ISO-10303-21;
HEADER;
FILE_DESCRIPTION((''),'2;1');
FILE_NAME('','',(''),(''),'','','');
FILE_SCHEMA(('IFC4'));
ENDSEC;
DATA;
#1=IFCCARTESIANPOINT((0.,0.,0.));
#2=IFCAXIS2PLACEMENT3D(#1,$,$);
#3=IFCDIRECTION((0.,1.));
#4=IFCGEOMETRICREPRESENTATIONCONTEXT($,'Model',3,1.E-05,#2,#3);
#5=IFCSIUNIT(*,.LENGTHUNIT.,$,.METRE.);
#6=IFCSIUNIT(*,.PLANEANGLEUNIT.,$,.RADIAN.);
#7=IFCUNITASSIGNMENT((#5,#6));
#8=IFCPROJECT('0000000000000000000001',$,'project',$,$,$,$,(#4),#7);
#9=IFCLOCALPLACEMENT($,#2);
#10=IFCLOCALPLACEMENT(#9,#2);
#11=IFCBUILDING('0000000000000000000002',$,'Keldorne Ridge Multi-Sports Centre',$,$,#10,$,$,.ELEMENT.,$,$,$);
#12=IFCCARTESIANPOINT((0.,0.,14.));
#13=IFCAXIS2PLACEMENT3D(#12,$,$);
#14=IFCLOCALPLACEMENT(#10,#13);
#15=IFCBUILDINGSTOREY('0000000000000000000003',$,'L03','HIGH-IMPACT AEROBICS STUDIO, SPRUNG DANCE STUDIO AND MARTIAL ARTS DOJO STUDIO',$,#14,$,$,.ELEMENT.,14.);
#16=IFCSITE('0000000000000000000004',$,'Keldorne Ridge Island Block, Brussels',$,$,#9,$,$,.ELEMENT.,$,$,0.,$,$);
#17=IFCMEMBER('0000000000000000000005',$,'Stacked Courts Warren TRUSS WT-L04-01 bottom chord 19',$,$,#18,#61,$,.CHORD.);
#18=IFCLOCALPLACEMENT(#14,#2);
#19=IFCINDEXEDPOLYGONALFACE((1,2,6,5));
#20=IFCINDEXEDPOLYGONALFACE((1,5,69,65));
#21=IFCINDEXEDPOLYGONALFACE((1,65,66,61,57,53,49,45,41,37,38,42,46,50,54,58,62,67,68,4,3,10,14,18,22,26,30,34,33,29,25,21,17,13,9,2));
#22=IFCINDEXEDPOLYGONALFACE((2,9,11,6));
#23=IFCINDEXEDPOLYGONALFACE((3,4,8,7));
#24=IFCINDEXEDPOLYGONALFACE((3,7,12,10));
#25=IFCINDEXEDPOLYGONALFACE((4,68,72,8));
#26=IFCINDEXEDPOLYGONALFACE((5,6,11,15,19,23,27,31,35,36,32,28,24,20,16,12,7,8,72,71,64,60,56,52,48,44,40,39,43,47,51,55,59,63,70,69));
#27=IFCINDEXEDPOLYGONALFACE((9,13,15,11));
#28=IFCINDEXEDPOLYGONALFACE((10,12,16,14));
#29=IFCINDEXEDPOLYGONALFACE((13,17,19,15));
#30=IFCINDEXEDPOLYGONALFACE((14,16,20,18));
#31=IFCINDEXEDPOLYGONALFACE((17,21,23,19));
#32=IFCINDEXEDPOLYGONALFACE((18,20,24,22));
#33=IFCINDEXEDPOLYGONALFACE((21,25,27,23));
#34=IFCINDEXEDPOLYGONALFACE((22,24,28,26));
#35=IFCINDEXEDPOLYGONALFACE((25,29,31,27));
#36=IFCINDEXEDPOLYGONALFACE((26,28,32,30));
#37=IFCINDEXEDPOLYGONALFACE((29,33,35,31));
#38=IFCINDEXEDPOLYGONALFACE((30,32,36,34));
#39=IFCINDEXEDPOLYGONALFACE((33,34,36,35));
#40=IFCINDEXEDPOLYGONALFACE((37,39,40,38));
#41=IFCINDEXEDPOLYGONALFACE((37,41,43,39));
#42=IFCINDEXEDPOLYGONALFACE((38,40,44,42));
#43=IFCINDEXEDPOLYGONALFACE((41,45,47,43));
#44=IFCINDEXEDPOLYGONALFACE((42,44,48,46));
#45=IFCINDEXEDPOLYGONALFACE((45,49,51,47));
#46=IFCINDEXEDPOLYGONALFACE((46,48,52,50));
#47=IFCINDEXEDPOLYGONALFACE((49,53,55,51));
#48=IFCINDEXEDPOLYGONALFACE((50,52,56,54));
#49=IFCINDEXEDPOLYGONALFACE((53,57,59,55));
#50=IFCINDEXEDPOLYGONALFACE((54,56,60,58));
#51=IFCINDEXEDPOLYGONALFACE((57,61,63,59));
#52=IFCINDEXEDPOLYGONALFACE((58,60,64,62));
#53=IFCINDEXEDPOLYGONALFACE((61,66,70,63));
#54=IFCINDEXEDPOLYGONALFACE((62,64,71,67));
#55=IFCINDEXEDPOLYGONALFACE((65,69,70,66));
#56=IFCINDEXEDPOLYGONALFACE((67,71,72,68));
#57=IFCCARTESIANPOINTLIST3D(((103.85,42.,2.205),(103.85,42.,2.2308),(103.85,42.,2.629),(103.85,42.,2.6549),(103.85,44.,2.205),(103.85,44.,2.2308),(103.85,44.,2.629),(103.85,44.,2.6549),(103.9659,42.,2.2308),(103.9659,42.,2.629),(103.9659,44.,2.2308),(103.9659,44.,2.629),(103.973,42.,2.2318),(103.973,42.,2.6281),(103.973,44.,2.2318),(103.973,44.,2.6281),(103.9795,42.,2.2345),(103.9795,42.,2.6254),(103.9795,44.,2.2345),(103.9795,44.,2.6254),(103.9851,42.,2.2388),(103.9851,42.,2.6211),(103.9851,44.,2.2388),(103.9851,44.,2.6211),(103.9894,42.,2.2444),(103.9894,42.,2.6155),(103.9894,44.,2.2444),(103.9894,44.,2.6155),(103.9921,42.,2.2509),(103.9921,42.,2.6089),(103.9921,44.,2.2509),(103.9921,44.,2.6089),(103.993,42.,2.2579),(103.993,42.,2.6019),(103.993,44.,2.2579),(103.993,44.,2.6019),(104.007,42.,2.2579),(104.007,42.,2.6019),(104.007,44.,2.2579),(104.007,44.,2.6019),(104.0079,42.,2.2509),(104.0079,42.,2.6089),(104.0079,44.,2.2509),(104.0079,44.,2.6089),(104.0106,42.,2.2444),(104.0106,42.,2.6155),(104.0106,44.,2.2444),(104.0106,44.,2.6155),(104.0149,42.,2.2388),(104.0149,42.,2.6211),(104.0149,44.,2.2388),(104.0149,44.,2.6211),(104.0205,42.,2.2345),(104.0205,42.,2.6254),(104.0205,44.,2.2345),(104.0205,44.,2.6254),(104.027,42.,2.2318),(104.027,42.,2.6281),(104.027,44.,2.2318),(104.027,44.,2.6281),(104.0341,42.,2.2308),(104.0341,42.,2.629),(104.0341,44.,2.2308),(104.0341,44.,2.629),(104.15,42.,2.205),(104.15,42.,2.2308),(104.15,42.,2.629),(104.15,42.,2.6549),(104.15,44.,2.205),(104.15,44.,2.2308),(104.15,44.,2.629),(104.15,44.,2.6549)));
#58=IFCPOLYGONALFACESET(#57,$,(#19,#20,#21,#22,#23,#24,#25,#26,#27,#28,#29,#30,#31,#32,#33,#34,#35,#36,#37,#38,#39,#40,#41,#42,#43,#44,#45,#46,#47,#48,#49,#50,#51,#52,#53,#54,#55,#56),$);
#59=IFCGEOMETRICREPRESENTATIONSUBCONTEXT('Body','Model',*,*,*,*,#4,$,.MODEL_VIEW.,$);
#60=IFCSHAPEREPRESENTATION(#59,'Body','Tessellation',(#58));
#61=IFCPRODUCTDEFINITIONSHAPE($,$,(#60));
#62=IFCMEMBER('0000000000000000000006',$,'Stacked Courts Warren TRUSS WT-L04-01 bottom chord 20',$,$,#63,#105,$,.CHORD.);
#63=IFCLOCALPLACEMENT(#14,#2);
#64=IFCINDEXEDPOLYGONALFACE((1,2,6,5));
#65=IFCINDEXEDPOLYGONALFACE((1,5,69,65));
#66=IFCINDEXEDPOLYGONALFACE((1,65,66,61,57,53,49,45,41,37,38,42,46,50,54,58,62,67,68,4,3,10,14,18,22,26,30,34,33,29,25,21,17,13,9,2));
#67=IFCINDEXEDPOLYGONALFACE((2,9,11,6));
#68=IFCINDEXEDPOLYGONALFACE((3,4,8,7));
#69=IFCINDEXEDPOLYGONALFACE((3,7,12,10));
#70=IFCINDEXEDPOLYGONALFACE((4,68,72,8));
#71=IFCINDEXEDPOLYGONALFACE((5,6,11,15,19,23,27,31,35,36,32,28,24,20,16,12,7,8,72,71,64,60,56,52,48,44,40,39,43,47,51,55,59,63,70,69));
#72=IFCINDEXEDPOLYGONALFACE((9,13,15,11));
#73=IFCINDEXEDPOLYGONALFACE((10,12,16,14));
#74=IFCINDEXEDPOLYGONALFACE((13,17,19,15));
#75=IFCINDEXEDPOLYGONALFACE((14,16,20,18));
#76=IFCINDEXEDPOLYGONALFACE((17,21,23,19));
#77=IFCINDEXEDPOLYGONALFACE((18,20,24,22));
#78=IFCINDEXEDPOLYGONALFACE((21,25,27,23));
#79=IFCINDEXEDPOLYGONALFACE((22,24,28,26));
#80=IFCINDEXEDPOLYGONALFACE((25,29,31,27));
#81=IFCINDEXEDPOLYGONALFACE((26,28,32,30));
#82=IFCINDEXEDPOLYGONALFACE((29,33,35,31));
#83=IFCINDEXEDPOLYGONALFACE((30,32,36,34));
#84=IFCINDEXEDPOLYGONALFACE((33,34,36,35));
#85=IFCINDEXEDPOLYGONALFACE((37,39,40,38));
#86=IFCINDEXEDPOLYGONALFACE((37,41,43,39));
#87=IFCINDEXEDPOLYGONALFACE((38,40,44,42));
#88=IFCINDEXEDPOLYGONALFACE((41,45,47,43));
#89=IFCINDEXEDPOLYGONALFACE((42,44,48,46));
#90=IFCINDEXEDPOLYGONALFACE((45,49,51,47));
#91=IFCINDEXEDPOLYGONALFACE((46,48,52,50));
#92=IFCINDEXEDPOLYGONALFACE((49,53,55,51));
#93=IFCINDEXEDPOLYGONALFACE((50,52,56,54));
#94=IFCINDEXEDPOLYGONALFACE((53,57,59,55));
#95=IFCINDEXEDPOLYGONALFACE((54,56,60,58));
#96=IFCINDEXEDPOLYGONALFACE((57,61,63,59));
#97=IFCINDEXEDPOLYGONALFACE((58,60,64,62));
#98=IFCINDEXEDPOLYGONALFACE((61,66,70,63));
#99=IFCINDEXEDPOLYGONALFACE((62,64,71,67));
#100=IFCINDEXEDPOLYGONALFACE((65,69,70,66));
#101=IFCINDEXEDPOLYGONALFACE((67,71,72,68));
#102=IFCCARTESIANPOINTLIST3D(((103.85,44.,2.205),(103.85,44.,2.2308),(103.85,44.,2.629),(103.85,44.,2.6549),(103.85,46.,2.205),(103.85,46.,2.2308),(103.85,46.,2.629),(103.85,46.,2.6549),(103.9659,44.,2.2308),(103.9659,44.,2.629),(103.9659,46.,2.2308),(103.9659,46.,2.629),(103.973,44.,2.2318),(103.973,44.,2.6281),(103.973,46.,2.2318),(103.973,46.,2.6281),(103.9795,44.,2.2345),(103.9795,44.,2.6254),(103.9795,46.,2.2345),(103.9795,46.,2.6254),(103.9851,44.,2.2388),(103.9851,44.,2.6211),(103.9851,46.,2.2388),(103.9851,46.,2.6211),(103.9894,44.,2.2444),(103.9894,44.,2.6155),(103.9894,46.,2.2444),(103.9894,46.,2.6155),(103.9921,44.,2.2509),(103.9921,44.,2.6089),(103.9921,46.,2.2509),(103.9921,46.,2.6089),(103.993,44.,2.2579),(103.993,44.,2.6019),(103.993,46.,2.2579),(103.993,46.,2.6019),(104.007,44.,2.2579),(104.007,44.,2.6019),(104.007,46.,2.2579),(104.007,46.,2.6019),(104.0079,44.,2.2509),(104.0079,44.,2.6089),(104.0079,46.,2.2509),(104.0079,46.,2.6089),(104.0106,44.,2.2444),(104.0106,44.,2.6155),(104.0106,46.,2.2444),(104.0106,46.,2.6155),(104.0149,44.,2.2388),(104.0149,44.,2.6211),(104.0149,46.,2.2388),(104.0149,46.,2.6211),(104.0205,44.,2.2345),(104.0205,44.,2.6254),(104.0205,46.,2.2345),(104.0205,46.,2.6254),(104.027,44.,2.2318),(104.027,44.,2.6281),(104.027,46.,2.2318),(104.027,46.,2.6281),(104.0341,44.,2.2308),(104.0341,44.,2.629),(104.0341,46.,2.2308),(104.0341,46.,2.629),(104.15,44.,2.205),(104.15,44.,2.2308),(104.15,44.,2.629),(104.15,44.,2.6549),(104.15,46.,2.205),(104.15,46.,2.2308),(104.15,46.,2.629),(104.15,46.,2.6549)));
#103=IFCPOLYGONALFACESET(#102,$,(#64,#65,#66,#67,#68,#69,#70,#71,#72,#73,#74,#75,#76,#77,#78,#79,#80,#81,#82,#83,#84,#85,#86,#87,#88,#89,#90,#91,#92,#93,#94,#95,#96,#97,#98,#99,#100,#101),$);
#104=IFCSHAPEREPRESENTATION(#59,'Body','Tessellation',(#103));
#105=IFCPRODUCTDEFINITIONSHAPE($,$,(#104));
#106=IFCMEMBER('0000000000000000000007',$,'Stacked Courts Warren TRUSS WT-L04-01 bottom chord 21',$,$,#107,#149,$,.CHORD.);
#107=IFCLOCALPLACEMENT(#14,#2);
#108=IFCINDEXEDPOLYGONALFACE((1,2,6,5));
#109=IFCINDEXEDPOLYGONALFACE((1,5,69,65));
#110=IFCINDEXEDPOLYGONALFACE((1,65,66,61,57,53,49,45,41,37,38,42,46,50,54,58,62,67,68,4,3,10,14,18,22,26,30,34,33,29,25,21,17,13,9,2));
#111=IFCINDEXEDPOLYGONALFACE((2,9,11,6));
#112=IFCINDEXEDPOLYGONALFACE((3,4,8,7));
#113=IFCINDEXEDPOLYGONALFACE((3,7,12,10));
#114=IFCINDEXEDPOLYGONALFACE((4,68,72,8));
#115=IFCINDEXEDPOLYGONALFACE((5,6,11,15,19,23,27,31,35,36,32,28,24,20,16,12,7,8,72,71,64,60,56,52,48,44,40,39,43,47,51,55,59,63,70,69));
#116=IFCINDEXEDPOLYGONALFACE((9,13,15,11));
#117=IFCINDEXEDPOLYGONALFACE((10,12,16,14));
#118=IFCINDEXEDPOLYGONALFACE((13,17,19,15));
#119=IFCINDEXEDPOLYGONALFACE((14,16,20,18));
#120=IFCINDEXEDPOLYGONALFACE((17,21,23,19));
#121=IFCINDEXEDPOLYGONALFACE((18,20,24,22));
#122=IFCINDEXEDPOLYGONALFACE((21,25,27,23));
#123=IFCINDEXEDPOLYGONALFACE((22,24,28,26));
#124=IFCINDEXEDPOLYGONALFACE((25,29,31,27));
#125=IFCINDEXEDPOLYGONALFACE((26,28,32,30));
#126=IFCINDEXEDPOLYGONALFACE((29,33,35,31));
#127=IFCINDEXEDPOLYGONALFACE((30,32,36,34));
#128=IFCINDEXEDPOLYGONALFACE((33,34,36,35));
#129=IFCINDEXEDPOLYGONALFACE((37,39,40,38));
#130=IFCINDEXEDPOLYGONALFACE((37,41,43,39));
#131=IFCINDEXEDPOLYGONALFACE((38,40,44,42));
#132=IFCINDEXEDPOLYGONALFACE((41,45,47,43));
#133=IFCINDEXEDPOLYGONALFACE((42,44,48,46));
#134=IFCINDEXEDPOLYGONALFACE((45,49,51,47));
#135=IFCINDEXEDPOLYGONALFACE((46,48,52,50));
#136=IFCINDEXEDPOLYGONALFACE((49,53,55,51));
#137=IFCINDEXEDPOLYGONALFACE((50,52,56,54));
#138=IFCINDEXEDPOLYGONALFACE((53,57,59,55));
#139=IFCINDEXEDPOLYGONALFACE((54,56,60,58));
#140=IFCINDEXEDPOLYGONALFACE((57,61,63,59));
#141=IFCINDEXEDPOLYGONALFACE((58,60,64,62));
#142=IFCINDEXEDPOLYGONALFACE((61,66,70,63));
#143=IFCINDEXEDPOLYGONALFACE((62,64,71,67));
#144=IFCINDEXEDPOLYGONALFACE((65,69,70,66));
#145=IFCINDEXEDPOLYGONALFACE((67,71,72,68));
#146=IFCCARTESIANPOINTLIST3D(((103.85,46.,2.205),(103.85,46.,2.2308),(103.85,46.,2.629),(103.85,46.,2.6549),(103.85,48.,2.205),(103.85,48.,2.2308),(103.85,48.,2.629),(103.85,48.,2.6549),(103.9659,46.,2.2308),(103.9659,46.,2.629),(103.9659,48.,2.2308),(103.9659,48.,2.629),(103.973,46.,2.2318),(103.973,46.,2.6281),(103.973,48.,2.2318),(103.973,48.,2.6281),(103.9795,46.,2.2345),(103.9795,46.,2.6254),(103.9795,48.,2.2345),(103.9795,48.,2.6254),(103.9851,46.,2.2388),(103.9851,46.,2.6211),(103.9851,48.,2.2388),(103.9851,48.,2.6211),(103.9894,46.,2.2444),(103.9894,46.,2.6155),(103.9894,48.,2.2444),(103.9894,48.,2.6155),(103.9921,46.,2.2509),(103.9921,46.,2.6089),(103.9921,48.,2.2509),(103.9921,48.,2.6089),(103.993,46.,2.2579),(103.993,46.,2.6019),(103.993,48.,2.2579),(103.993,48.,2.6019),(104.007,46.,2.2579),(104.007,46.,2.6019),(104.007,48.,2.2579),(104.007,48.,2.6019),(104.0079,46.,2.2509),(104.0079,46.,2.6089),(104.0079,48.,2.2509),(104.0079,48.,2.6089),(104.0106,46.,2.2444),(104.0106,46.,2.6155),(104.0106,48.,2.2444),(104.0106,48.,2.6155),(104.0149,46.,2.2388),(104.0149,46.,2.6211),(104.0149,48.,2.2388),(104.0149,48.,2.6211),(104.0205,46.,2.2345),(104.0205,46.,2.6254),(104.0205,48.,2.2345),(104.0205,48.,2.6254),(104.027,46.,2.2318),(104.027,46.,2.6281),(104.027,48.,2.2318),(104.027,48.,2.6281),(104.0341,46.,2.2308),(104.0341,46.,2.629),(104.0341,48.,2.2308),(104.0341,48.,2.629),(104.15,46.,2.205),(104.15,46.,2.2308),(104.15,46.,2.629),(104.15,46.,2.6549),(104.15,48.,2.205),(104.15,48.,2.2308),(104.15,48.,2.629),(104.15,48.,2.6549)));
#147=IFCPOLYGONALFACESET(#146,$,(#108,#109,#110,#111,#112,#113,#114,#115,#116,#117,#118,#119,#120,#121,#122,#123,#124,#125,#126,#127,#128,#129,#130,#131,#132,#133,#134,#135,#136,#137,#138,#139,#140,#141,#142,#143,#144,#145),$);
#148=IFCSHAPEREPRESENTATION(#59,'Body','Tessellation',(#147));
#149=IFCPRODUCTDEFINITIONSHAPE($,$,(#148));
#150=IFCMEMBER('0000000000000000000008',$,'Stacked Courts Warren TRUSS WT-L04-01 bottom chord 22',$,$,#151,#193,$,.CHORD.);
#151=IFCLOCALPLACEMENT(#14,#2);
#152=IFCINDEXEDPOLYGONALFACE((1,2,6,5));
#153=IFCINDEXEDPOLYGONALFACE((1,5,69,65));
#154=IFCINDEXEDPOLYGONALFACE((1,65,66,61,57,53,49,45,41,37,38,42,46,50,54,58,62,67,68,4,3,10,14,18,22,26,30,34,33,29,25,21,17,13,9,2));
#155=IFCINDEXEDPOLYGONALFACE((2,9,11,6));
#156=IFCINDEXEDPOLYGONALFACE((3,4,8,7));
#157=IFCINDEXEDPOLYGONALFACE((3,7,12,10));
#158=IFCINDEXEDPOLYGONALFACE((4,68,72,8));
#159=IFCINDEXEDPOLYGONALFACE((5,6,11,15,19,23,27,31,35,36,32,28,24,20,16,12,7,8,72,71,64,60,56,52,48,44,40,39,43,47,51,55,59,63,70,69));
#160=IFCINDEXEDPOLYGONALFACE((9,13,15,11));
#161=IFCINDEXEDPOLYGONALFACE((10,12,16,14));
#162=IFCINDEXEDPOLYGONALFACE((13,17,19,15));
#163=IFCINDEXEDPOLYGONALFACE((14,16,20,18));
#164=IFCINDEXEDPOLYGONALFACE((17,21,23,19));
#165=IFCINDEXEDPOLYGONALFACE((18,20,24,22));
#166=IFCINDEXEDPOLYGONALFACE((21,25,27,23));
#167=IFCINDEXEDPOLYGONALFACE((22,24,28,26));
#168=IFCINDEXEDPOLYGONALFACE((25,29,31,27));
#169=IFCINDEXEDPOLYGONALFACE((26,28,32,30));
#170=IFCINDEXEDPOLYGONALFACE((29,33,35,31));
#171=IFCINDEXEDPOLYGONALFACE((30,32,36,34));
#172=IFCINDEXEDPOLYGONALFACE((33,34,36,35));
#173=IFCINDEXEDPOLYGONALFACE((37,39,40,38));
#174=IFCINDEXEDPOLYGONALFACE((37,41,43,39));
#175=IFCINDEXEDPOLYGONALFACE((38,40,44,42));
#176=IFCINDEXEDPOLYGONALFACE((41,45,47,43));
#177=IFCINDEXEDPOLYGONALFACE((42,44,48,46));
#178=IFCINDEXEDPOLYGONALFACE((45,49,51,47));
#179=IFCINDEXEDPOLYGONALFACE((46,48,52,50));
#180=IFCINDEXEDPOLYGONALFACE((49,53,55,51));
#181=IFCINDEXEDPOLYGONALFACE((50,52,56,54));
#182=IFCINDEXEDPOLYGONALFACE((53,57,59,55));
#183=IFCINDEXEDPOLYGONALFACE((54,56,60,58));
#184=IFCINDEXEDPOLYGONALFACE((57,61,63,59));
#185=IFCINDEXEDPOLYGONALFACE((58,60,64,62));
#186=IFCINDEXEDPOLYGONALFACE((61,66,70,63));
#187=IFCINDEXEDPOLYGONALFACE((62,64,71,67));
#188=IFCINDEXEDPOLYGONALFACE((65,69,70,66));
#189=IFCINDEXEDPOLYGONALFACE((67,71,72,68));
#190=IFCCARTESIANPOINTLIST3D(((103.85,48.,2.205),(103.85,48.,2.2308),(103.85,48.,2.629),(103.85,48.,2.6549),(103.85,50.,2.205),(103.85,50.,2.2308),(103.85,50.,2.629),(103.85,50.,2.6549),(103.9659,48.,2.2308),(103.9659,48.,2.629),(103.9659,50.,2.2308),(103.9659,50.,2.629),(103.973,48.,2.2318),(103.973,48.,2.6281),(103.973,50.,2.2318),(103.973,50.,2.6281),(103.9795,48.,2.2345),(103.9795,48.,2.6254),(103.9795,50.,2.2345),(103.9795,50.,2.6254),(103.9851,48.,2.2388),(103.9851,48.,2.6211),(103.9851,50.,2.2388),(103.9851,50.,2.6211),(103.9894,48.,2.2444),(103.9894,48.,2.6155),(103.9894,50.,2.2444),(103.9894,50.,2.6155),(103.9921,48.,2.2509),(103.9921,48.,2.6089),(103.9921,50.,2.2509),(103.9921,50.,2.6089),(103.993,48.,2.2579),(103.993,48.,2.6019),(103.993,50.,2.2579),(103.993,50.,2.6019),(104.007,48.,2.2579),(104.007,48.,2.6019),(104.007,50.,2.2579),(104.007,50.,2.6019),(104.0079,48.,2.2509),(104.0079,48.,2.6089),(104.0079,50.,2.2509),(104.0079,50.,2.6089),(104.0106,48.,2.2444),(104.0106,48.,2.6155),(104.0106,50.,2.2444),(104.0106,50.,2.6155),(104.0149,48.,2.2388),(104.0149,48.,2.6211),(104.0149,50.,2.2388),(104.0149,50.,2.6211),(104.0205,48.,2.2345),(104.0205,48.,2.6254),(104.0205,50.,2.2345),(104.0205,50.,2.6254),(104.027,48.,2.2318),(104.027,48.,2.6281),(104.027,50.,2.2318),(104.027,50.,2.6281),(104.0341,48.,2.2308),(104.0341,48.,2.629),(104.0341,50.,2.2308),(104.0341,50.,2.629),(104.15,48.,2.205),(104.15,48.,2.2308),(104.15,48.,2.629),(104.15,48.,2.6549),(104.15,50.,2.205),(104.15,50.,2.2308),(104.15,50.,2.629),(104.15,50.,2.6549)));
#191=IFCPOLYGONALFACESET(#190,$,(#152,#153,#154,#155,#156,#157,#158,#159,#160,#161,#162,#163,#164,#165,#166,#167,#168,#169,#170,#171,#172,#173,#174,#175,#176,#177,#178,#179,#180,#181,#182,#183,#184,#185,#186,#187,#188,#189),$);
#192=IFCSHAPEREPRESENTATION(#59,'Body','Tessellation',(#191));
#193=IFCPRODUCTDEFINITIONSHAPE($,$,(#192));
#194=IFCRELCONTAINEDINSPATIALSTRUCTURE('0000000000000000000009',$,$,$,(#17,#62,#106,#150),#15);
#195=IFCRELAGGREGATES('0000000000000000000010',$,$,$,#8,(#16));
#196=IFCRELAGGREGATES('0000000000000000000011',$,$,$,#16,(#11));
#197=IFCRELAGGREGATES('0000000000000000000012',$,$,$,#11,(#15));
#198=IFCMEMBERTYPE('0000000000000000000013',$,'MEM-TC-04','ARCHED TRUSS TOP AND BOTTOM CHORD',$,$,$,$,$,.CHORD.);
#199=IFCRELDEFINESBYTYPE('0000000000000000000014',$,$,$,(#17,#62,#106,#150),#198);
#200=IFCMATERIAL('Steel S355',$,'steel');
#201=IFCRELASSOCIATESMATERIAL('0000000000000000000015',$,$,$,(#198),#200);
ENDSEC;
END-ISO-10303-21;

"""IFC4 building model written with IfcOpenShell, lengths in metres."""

from ifc_helpers import new_model, si_unit, direction, frame, origin, origin_2d, place, context, subcontext, project, spatial, i_section, extrude, material, material_profile, profile_set, type_object, element, save


model = new_model("IFC4")

# Units and contexts
model_context = context("Model", 3, precision=1e-05, world=origin(), true_north=direction((0.0, 1.0)))
body_context = subcontext(model_context, "Body", "Model", "MODEL_VIEW")
ifc_project = project(units=[si_unit("LENGTHUNIT", "METRE"), si_unit("PLANEANGLEUNIT", "RADIAN")], contexts=[model_context])

# Site, building, storey
site_placement = place(None, origin())
site = spatial("IfcSite", under=ifc_project, at=site_placement, Name="Keldorne Ridge Island Block, Brussels", CompositionType="ELEMENT", RefElevation=0.0)
building_placement = place(site_placement, origin())
building = spatial("IfcBuilding", under=site, at=building_placement, Name="Keldorne Ridge Multi-Sports Centre", CompositionType="ELEMENT")
storey_placement = place(building_placement, frame((0.0, 0.0, 14.0)))
storey = spatial("IfcBuildingStorey", under=building, at=storey_placement, Name="L03", Description="HIGH-IMPACT AEROBICS STUDIO, SPRUNG DANCE STUDIO AND MARTIAL ARTS DOJO STUDIO", CompositionType="ELEMENT", Elevation=14.0)

# Shared definitions
ifc_material_1 = material(Name="Steel S355", Category="steel")

# Members
ifc_material_profile_1 = material_profile(ifc_material_1, i_section(OverallWidth=0.3, OverallDepth=0.45, WebThickness=0.0139, FlangeThickness=0.0259, FilletRadius=0.0271, at=origin_2d()), Name="HEB 450")
ifc_profile_set_1 = profile_set([ifc_material_profile_1], Name="Steel S355")
member_type_1 = type_object("IfcMemberType", Name="MEM-TC-04", Description="ARCHED TRUSS TOP AND BOTTOM CHORD", PredefinedType="CHORD", material=ifc_profile_set_1)
for number, where, z_axis, x_axis, name in (
    (1, (104.0, 42.0, 2.4299), (0.0, 1.0, 0.0), (-1.0, 0.0, 0.0), "Stacked Courts Warren TRUSS WT-L04-01 bottom chord 19"),
    (2, (104.0, 44.0, 2.4299), (0.0, 1.0, 0.0), (-1.0, 0.0, 0.0), "Stacked Courts Warren TRUSS WT-L04-01 bottom chord 20"),
    (3, (104.0, 46.0, 2.4299), (0.0, 1.0, 0.0), (-1.0, 0.0, 0.0), "Stacked Courts Warren TRUSS WT-L04-01 bottom chord 21"),
    (4, (104.0, 48.0, 2.4299), (0.0, 1.0, 0.0), (-1.0, 0.0, 0.0), "Stacked Courts Warren TRUSS WT-L04-01 bottom chord 22"),
):
    element("IfcMember", number, at=place(storey_placement, frame(where, z_axis=z_axis, x_axis=x_axis)), inside=storey, type_object=member_type_1, Name=name, PredefinedType="CHORD", context=body_context, shape_type="SweptSolid", body=[
        extrude(i_section(OverallWidth=0.3, OverallDepth=0.45, WebThickness=0.0139, FlangeThickness=0.0259, FilletRadius=0.0271, at=origin_2d()), origin(), (0.0, 0.0, 1.0), 2.0),
    ])

save(model, "model.ifc")
